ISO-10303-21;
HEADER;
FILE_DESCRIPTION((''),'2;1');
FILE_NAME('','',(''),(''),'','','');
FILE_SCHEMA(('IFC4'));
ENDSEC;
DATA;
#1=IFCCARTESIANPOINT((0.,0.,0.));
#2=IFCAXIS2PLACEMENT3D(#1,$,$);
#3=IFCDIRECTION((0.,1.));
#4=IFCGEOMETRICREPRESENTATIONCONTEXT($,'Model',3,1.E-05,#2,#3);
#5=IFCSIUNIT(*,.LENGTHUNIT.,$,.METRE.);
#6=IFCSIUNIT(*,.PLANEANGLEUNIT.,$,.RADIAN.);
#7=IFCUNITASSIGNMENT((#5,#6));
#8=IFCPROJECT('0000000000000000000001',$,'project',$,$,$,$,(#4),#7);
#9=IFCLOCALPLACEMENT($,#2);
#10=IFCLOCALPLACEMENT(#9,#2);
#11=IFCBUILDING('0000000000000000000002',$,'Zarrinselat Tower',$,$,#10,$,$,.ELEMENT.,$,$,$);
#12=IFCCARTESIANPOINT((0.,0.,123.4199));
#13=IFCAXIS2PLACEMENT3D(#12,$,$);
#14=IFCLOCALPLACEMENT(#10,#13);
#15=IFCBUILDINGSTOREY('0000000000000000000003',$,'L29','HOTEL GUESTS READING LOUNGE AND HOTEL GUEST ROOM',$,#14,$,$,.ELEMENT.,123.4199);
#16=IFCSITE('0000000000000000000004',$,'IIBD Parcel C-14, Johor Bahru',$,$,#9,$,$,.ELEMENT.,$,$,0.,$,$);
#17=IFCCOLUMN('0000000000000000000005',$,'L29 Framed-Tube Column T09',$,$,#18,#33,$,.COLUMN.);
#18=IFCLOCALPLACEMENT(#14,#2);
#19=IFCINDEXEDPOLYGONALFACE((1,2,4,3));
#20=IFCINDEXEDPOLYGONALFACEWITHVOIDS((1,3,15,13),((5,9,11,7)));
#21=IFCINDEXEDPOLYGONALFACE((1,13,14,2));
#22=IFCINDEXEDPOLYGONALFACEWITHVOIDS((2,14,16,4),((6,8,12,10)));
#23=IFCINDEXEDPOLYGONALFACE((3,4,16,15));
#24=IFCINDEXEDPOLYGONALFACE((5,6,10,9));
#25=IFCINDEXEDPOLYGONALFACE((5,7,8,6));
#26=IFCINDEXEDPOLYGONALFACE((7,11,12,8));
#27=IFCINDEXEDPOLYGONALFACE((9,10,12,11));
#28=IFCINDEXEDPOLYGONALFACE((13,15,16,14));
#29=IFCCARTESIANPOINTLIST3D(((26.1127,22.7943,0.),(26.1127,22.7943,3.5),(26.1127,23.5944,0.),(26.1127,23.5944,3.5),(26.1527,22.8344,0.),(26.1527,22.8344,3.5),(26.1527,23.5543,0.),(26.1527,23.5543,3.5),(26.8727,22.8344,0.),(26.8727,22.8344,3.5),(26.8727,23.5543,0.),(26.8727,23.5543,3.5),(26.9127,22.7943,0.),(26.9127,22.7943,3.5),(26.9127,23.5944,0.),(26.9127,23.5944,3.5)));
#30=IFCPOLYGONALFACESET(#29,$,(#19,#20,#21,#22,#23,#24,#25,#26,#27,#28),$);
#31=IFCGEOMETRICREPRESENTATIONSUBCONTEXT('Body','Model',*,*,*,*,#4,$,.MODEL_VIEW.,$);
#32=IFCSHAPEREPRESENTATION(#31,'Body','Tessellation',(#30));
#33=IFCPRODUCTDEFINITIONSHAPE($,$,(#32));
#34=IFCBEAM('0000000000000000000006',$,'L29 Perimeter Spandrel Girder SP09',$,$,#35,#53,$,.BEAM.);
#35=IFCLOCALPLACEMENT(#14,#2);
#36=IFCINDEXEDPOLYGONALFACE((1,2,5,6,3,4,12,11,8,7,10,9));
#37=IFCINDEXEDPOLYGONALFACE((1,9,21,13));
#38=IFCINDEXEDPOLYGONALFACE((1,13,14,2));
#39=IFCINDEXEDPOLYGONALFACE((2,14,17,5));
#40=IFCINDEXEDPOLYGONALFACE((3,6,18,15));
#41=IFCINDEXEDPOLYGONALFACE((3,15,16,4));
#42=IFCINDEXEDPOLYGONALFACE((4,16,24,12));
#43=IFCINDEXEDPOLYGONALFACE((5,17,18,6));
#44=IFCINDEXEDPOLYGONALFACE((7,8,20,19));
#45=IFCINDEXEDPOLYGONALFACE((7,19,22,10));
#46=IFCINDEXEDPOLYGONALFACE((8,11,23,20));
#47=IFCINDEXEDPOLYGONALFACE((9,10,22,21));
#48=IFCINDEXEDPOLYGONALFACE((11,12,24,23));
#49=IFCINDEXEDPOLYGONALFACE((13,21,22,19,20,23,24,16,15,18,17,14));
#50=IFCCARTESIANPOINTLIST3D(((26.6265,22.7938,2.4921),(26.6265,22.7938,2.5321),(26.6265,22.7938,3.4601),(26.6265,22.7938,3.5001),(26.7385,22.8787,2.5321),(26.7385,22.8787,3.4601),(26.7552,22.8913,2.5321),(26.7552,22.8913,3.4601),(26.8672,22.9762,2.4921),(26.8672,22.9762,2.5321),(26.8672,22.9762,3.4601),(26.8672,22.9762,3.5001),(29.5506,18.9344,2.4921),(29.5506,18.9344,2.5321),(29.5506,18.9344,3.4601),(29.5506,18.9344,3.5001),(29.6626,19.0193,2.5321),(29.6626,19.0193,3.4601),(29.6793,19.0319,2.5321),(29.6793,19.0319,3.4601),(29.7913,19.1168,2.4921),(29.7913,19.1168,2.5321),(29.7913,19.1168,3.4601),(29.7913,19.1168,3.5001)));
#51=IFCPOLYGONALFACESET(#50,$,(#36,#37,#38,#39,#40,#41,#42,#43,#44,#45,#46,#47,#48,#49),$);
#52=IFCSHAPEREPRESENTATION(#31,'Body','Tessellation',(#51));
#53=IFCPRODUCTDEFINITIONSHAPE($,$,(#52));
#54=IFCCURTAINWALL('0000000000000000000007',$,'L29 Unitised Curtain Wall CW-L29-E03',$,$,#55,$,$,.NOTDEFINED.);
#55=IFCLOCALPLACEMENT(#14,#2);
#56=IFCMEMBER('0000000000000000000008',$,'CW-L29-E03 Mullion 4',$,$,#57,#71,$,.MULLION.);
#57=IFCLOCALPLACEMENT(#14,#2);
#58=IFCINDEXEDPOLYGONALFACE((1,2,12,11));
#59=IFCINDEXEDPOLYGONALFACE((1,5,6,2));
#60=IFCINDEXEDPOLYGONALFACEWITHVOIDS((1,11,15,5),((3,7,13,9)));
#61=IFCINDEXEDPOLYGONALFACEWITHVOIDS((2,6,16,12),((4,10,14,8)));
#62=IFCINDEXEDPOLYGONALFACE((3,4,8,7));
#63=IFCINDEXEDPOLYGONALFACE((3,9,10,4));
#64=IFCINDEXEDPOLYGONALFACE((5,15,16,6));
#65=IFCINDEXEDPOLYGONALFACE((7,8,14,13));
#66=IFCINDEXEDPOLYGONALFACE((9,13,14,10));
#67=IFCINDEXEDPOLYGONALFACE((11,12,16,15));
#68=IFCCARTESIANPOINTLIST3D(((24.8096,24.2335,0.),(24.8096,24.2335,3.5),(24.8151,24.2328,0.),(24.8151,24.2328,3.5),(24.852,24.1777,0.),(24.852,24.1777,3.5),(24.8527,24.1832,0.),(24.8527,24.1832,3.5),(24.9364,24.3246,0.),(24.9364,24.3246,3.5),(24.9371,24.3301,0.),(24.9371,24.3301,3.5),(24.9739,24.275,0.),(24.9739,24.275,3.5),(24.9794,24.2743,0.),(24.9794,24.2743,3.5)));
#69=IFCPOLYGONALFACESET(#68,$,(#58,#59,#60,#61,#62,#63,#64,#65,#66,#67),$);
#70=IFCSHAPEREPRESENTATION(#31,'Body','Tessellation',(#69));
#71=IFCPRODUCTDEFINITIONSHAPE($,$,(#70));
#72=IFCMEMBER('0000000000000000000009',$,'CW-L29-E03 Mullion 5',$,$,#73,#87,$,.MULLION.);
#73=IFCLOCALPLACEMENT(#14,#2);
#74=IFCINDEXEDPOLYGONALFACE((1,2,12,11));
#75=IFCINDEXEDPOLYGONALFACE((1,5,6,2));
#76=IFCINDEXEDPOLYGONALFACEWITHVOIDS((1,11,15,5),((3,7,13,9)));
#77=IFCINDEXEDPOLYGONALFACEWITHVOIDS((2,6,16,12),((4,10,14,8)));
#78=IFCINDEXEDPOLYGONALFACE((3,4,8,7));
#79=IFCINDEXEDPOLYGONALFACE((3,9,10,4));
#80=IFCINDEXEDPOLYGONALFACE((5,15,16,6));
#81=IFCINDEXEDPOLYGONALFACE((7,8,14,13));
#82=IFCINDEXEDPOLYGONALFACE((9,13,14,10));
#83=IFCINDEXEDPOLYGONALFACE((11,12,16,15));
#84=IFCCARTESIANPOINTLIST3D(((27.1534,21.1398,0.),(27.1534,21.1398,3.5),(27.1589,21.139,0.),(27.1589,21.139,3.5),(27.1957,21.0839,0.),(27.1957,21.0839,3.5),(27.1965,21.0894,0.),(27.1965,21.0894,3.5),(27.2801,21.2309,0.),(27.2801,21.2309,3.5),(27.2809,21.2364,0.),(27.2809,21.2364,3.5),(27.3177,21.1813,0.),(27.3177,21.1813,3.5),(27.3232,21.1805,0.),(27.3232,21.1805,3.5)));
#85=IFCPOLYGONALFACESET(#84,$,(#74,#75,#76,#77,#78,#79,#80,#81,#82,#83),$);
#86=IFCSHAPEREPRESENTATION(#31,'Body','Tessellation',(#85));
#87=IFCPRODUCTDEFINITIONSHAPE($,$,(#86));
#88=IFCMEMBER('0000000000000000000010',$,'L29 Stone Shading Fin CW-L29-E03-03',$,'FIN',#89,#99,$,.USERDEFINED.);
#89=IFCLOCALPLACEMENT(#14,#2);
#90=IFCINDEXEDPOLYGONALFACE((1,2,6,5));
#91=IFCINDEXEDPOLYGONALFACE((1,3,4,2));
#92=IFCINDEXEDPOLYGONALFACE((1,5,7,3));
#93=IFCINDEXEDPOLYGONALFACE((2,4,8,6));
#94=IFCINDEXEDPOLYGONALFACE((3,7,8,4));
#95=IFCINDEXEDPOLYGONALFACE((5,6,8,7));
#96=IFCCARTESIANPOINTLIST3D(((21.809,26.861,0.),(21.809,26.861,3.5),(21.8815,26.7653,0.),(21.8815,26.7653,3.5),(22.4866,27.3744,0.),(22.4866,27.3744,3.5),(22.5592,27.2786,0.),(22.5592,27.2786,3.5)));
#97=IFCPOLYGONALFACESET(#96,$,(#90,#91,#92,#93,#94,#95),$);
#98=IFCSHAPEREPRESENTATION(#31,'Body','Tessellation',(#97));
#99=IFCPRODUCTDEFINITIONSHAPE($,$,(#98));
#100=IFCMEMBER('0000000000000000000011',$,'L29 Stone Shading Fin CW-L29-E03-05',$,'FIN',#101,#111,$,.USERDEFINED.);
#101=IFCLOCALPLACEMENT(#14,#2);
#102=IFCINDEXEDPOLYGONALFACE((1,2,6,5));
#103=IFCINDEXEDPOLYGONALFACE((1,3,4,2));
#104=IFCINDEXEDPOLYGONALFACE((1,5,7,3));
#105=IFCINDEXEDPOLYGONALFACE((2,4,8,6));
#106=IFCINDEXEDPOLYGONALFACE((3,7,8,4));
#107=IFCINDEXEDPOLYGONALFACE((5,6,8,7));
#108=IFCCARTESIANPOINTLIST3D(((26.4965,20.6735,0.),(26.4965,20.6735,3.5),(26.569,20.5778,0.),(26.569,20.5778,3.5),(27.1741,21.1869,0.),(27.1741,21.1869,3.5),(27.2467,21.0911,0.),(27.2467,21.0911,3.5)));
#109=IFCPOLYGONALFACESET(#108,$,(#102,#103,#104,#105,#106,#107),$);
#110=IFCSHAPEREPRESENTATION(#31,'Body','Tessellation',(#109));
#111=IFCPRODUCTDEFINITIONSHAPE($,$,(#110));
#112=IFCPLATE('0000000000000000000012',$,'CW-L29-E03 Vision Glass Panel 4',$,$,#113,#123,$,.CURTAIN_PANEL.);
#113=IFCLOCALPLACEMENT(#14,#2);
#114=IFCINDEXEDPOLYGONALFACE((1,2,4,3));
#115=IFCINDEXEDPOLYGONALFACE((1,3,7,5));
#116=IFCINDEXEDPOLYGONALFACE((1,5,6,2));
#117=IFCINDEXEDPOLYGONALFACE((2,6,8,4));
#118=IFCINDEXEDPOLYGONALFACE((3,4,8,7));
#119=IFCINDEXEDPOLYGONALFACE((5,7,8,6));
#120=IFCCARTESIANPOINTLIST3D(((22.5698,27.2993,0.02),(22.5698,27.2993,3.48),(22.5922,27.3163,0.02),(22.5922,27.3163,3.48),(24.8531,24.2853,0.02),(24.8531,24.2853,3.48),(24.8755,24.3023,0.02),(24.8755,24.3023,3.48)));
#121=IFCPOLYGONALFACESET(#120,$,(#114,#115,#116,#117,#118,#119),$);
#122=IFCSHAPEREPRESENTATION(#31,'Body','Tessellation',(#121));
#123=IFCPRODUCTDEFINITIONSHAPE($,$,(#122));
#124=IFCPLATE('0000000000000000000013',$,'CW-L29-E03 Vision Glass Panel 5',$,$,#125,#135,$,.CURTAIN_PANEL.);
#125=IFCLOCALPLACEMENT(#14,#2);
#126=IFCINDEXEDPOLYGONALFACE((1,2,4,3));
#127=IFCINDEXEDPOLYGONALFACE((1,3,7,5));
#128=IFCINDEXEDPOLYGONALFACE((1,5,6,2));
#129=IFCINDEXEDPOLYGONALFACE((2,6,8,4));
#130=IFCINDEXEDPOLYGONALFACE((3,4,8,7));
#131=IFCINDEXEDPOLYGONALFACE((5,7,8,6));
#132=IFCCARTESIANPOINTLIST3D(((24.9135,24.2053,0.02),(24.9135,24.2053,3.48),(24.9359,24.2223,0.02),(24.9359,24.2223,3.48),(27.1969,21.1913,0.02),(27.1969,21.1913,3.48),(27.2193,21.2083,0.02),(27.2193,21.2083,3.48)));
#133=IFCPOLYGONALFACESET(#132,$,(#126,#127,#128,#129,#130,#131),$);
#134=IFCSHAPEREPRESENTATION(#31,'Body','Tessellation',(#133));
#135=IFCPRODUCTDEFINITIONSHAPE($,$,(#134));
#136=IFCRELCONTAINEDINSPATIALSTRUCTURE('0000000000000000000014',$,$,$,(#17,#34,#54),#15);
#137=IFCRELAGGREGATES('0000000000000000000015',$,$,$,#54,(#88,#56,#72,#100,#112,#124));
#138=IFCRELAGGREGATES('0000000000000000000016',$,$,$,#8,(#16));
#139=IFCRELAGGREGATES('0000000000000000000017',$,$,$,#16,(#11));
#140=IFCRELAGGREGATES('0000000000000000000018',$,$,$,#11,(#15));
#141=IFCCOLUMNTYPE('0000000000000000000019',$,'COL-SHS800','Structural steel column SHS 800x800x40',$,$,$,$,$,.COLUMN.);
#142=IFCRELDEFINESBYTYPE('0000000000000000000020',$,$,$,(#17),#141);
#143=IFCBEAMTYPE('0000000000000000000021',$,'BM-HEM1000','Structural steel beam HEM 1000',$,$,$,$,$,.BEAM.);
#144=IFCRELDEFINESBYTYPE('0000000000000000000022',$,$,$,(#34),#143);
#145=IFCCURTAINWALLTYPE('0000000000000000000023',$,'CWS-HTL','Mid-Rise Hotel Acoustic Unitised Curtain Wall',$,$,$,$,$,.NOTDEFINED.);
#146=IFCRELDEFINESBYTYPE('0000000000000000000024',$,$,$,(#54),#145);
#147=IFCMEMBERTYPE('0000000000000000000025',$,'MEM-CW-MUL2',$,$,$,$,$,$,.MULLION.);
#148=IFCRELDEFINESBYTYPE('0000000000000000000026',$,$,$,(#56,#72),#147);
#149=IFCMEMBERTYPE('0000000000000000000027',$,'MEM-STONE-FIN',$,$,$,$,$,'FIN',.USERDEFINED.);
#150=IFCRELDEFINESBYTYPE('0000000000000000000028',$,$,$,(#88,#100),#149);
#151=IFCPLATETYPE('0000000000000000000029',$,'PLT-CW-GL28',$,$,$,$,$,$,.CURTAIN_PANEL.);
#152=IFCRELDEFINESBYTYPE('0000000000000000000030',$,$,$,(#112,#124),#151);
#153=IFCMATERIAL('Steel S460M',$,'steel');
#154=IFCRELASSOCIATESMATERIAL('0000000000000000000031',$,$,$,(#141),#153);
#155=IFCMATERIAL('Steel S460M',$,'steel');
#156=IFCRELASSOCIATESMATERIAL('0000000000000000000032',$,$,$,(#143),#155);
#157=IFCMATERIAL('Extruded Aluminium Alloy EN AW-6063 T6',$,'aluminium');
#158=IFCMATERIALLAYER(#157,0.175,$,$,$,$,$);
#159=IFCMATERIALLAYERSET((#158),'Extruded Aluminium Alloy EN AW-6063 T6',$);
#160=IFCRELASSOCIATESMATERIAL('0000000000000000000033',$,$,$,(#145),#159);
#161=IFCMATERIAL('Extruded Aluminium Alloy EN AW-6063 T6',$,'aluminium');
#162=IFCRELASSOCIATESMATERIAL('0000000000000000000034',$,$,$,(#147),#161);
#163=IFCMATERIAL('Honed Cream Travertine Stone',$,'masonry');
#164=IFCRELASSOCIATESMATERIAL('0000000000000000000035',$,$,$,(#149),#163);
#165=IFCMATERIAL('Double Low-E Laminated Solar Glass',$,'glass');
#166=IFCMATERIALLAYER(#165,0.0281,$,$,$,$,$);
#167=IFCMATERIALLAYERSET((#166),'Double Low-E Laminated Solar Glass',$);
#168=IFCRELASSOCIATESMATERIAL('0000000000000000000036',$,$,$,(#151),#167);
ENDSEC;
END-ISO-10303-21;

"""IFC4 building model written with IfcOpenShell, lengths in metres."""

from ifc_helpers import new_model, si_unit, direction, frame, origin, origin_2d, place, context, subcontext, project, spatial, rectangle, hollow_rectangle, i_section, extrude, material, layer, layer_set, material_profile, profile_set, type_object, element, aggregate, save


model = new_model("IFC4")

# Units and contexts
model_context = context("Model", 3, precision=1e-05, world=origin(), true_north=direction((0.0, 1.0)))
body_context = subcontext(model_context, "Body", "Model", "MODEL_VIEW")
ifc_project = project(units=[si_unit("LENGTHUNIT", "METRE"), si_unit("PLANEANGLEUNIT", "RADIAN")], contexts=[model_context])

# Site, building, storey
site_placement = place(None, origin())
site = spatial("IfcSite", under=ifc_project, at=site_placement, Name="IIBD Parcel C-14, Johor Bahru", CompositionType="ELEMENT", RefElevation=0.0)
building_placement = place(site_placement, origin())
building = spatial("IfcBuilding", under=site, at=building_placement, Name="Zarrinselat Tower", CompositionType="ELEMENT")
storey_placement = place(building_placement, frame((0.0, 0.0, 123.4199)))
storey = spatial("IfcBuildingStorey", under=building, at=storey_placement, Name="L29", Description="HOTEL GUESTS READING LOUNGE AND HOTEL GUEST ROOM", CompositionType="ELEMENT", Elevation=123.4199)

# Column
ifc_material_1 = material(Name="Steel S460M", Category="steel")
ifc_material_profile_1 = material_profile(ifc_material_1, hollow_rectangle(XDim=0.8, YDim=0.8, WallThickness=0.04, at=origin_2d()), Name="SHS 800x800x40")
ifc_profile_set_1 = profile_set([ifc_material_profile_1], Name="Steel S460M")
column_type = type_object("IfcColumnType", Name="COL-SHS800", Description="Structural steel column SHS 800x800x40", PredefinedType="COLUMN", material=ifc_profile_set_1)
column_placement = place(storey_placement, frame((26.5127, 23.1943, 0.0), z_axis=(0.0, 0.0, 1.0), x_axis=(1.0, 0.0, 0.0)))
element("IfcColumn", 1, at=column_placement, inside=storey, type_object=column_type, Name="L29 Framed-Tube Column T09", PredefinedType="COLUMN", context=body_context, shape_type="SweptSolid", body=[
    extrude(hollow_rectangle(XDim=0.8, YDim=0.8, WallThickness=0.04, at=origin_2d()), origin(), (0.0, 0.0, 1.0), 3.5),
])

# Beam
ifc_material_2 = material(Name="Steel S460M", Category="steel")
ifc_material_profile_2 = material_profile(ifc_material_2, i_section(OverallWidth=0.302, OverallDepth=1.0081, WebThickness=0.021, FlangeThickness=0.04, at=origin_2d()), Name="HEM 1000")
ifc_profile_set_2 = profile_set([ifc_material_profile_2], Name="Steel S460M")
beam_type = type_object("IfcBeamType", Name="BM-HEM1000", Description="Structural steel beam HEM 1000", PredefinedType="BEAM", material=ifc_profile_set_2)
beam_placement = place(storey_placement, frame((26.7468, 22.885, 2.9961), z_axis=(0.603897, -0.797062, 0.0), x_axis=(0.797062, 0.603897, 0.0)))
element("IfcBeam", 2, at=beam_placement, inside=storey, type_object=beam_type, Name="L29 Perimeter Spandrel Girder SP09", PredefinedType="BEAM", context=body_context, shape_type="SweptSolid", body=[
    extrude(i_section(OverallWidth=0.302, OverallDepth=1.0081, WebThickness=0.021, FlangeThickness=0.04, at=origin_2d()), origin(), (0.0, 0.0, 1.0), 4.842),
])

# Curtain wall, members, plates
ifc_material_3 = material(Name="Extruded Aluminium Alloy EN AW-6063 T6", Category="aluminium")
ifc_layer_1 = layer(ifc_material_3, 0.175)
ifc_layer_set_1 = layer_set([ifc_layer_1], Name="Extruded Aluminium Alloy EN AW-6063 T6")
curtain_wall_type = type_object("IfcCurtainWallType", Name="CWS-HTL", Description="Mid-Rise Hotel Acoustic Unitised Curtain Wall", PredefinedType="NOTDEFINED", material=ifc_layer_set_1)
curtain_wall_placement = place(storey_placement, origin())
curtain_wall = element("IfcCurtainWall", 3, at=curtain_wall_placement, inside=storey, type_object=curtain_wall_type, Name="L29 Unitised Curtain Wall CW-L29-E03", PredefinedType="NOTDEFINED")
ifc_material_4 = material(Name="Extruded Aluminium Alloy EN AW-6063 T6", Category="aluminium")
ifc_material_profile_3 = material_profile(ifc_material_4, hollow_rectangle(XDim=0.0701, YDim=0.1599, WallThickness=0.0039, at=origin_2d()), Name="RHS 160x70x4")
ifc_profile_set_3 = profile_set([ifc_material_profile_3], Name="Extruded Aluminium Alloy EN AW-6063 T6")
member_type_1 = type_object("IfcMemberType", Name="MEM-CW-MUL2", PredefinedType="MULLION", material=ifc_profile_set_3)
member_1_placement = place(storey_placement, frame((24.8945, 24.2539, 0.0), z_axis=(0.0, 0.0, 1.0), x_axis=(0.603858, -0.797092, 0.0)))
member_1 = element("IfcMember", 4, at=member_1_placement, type_object=member_type_1, Name="CW-L29-E03 Mullion 4", PredefinedType="MULLION", context=body_context, shape_type="SweptSolid", body=[
    extrude(hollow_rectangle(XDim=0.0701, YDim=0.1599, WallThickness=0.0039, at=origin_2d()), origin(), (0.0, 0.0, 1.0), 3.5),
])
member_2_placement = place(storey_placement, frame((27.2383, 21.1602, 0.0), z_axis=(0.0, 0.0, 1.0), x_axis=(0.603858, -0.797092, 0.0)))
member_2 = element("IfcMember", 5, at=member_2_placement, type_object=member_type_1, Name="CW-L29-E03 Mullion 5", PredefinedType="MULLION", context=body_context, shape_type="SweptSolid", body=[
    extrude(hollow_rectangle(XDim=0.0701, YDim=0.1599, WallThickness=0.0039, at=origin_2d()), origin(), (0.0, 0.0, 1.0), 3.5),
])
ifc_material_5 = material(Name="Honed Cream Travertine Stone", Category="masonry")
ifc_material_profile_4 = material_profile(ifc_material_5, rectangle(XDim=0.1201, YDim=0.8501, at=origin_2d()), Name="FIN 850x120")
ifc_profile_set_4 = profile_set([ifc_material_profile_4], Name="Honed Cream Travertine Stone")
member_type_2 = type_object("IfcMemberType", Name="MEM-STONE-FIN", ElementType="FIN", PredefinedType="USERDEFINED", material=ifc_profile_set_4)
member_3_placement = place(storey_placement, frame((22.1841, 27.0698, 0.0), z_axis=(0.0, 0.0, 1.0), x_axis=(-0.603858, 0.797092, 0.0)))
member_3 = element("IfcMember", 6, at=member_3_placement, type_object=member_type_2, Name="L29 Stone Shading Fin CW-L29-E03-03", ObjectType="FIN", PredefinedType="USERDEFINED", context=body_context, shape_type="SweptSolid", body=[
    extrude(rectangle(XDim=0.1201, YDim=0.8501, at=origin_2d()), origin(), (0.0, 0.0, 1.0), 3.5),
])
member_4_placement = place(storey_placement, frame((26.8716, 20.8823, 0.0), z_axis=(0.0, 0.0, 1.0), x_axis=(-0.603858, 0.797092, 0.0)))
member_4 = element("IfcMember", 7, at=member_4_placement, type_object=member_type_2, Name="L29 Stone Shading Fin CW-L29-E03-05", ObjectType="FIN", PredefinedType="USERDEFINED", context=body_context, shape_type="SweptSolid", body=[
    extrude(rectangle(XDim=0.1201, YDim=0.8501, at=origin_2d()), origin(), (0.0, 0.0, 1.0), 3.5),
])
ifc_material_6 = material(Name="Double Low-E Laminated Solar Glass", Category="glass")
ifc_layer_2 = layer(ifc_material_6, 0.0281)
ifc_layer_set_2 = layer_set([ifc_layer_2], Name="Double Low-E Laminated Solar Glass")
plate_type = type_object("IfcPlateType", Name="PLT-CW-GL28", PredefinedType="CURTAIN_PANEL", material=ifc_layer_set_2)
plate_1_placement = place(storey_placement, frame((23.7227, 25.8008, 0.02), z_axis=(0.0, 0.0, 1.0), x_axis=(0.603858, -0.797092, 0.0)))
plate_1 = element("IfcPlate", 8, at=plate_1_placement, type_object=plate_type, Name="CW-L29-E03 Vision Glass Panel 4", PredefinedType="CURTAIN_PANEL", context=body_context, shape_type="SweptSolid", body=[
    extrude(rectangle(XDim=3.7812, YDim=0.0281, at=origin_2d()), origin(), (0.0, 0.0, 1.0), 3.46),
])
plate_2_placement = place(storey_placement, frame((26.0664, 22.7068, 0.02), z_axis=(0.0, 0.0, 1.0), x_axis=(0.603858, -0.797092, 0.0)))
plate_2 = element("IfcPlate", 9, at=plate_2_placement, type_object=plate_type, Name="CW-L29-E03 Vision Glass Panel 5", PredefinedType="CURTAIN_PANEL", context=body_context, shape_type="SweptSolid", body=[
    extrude(rectangle(XDim=3.7812, YDim=0.0281, at=origin_2d()), origin(), (0.0, 0.0, 1.0), 3.46),
])
aggregate(curtain_wall, [member_3, member_1, member_2, member_4, plate_1, plate_2])

save(model, "model.ifc")
